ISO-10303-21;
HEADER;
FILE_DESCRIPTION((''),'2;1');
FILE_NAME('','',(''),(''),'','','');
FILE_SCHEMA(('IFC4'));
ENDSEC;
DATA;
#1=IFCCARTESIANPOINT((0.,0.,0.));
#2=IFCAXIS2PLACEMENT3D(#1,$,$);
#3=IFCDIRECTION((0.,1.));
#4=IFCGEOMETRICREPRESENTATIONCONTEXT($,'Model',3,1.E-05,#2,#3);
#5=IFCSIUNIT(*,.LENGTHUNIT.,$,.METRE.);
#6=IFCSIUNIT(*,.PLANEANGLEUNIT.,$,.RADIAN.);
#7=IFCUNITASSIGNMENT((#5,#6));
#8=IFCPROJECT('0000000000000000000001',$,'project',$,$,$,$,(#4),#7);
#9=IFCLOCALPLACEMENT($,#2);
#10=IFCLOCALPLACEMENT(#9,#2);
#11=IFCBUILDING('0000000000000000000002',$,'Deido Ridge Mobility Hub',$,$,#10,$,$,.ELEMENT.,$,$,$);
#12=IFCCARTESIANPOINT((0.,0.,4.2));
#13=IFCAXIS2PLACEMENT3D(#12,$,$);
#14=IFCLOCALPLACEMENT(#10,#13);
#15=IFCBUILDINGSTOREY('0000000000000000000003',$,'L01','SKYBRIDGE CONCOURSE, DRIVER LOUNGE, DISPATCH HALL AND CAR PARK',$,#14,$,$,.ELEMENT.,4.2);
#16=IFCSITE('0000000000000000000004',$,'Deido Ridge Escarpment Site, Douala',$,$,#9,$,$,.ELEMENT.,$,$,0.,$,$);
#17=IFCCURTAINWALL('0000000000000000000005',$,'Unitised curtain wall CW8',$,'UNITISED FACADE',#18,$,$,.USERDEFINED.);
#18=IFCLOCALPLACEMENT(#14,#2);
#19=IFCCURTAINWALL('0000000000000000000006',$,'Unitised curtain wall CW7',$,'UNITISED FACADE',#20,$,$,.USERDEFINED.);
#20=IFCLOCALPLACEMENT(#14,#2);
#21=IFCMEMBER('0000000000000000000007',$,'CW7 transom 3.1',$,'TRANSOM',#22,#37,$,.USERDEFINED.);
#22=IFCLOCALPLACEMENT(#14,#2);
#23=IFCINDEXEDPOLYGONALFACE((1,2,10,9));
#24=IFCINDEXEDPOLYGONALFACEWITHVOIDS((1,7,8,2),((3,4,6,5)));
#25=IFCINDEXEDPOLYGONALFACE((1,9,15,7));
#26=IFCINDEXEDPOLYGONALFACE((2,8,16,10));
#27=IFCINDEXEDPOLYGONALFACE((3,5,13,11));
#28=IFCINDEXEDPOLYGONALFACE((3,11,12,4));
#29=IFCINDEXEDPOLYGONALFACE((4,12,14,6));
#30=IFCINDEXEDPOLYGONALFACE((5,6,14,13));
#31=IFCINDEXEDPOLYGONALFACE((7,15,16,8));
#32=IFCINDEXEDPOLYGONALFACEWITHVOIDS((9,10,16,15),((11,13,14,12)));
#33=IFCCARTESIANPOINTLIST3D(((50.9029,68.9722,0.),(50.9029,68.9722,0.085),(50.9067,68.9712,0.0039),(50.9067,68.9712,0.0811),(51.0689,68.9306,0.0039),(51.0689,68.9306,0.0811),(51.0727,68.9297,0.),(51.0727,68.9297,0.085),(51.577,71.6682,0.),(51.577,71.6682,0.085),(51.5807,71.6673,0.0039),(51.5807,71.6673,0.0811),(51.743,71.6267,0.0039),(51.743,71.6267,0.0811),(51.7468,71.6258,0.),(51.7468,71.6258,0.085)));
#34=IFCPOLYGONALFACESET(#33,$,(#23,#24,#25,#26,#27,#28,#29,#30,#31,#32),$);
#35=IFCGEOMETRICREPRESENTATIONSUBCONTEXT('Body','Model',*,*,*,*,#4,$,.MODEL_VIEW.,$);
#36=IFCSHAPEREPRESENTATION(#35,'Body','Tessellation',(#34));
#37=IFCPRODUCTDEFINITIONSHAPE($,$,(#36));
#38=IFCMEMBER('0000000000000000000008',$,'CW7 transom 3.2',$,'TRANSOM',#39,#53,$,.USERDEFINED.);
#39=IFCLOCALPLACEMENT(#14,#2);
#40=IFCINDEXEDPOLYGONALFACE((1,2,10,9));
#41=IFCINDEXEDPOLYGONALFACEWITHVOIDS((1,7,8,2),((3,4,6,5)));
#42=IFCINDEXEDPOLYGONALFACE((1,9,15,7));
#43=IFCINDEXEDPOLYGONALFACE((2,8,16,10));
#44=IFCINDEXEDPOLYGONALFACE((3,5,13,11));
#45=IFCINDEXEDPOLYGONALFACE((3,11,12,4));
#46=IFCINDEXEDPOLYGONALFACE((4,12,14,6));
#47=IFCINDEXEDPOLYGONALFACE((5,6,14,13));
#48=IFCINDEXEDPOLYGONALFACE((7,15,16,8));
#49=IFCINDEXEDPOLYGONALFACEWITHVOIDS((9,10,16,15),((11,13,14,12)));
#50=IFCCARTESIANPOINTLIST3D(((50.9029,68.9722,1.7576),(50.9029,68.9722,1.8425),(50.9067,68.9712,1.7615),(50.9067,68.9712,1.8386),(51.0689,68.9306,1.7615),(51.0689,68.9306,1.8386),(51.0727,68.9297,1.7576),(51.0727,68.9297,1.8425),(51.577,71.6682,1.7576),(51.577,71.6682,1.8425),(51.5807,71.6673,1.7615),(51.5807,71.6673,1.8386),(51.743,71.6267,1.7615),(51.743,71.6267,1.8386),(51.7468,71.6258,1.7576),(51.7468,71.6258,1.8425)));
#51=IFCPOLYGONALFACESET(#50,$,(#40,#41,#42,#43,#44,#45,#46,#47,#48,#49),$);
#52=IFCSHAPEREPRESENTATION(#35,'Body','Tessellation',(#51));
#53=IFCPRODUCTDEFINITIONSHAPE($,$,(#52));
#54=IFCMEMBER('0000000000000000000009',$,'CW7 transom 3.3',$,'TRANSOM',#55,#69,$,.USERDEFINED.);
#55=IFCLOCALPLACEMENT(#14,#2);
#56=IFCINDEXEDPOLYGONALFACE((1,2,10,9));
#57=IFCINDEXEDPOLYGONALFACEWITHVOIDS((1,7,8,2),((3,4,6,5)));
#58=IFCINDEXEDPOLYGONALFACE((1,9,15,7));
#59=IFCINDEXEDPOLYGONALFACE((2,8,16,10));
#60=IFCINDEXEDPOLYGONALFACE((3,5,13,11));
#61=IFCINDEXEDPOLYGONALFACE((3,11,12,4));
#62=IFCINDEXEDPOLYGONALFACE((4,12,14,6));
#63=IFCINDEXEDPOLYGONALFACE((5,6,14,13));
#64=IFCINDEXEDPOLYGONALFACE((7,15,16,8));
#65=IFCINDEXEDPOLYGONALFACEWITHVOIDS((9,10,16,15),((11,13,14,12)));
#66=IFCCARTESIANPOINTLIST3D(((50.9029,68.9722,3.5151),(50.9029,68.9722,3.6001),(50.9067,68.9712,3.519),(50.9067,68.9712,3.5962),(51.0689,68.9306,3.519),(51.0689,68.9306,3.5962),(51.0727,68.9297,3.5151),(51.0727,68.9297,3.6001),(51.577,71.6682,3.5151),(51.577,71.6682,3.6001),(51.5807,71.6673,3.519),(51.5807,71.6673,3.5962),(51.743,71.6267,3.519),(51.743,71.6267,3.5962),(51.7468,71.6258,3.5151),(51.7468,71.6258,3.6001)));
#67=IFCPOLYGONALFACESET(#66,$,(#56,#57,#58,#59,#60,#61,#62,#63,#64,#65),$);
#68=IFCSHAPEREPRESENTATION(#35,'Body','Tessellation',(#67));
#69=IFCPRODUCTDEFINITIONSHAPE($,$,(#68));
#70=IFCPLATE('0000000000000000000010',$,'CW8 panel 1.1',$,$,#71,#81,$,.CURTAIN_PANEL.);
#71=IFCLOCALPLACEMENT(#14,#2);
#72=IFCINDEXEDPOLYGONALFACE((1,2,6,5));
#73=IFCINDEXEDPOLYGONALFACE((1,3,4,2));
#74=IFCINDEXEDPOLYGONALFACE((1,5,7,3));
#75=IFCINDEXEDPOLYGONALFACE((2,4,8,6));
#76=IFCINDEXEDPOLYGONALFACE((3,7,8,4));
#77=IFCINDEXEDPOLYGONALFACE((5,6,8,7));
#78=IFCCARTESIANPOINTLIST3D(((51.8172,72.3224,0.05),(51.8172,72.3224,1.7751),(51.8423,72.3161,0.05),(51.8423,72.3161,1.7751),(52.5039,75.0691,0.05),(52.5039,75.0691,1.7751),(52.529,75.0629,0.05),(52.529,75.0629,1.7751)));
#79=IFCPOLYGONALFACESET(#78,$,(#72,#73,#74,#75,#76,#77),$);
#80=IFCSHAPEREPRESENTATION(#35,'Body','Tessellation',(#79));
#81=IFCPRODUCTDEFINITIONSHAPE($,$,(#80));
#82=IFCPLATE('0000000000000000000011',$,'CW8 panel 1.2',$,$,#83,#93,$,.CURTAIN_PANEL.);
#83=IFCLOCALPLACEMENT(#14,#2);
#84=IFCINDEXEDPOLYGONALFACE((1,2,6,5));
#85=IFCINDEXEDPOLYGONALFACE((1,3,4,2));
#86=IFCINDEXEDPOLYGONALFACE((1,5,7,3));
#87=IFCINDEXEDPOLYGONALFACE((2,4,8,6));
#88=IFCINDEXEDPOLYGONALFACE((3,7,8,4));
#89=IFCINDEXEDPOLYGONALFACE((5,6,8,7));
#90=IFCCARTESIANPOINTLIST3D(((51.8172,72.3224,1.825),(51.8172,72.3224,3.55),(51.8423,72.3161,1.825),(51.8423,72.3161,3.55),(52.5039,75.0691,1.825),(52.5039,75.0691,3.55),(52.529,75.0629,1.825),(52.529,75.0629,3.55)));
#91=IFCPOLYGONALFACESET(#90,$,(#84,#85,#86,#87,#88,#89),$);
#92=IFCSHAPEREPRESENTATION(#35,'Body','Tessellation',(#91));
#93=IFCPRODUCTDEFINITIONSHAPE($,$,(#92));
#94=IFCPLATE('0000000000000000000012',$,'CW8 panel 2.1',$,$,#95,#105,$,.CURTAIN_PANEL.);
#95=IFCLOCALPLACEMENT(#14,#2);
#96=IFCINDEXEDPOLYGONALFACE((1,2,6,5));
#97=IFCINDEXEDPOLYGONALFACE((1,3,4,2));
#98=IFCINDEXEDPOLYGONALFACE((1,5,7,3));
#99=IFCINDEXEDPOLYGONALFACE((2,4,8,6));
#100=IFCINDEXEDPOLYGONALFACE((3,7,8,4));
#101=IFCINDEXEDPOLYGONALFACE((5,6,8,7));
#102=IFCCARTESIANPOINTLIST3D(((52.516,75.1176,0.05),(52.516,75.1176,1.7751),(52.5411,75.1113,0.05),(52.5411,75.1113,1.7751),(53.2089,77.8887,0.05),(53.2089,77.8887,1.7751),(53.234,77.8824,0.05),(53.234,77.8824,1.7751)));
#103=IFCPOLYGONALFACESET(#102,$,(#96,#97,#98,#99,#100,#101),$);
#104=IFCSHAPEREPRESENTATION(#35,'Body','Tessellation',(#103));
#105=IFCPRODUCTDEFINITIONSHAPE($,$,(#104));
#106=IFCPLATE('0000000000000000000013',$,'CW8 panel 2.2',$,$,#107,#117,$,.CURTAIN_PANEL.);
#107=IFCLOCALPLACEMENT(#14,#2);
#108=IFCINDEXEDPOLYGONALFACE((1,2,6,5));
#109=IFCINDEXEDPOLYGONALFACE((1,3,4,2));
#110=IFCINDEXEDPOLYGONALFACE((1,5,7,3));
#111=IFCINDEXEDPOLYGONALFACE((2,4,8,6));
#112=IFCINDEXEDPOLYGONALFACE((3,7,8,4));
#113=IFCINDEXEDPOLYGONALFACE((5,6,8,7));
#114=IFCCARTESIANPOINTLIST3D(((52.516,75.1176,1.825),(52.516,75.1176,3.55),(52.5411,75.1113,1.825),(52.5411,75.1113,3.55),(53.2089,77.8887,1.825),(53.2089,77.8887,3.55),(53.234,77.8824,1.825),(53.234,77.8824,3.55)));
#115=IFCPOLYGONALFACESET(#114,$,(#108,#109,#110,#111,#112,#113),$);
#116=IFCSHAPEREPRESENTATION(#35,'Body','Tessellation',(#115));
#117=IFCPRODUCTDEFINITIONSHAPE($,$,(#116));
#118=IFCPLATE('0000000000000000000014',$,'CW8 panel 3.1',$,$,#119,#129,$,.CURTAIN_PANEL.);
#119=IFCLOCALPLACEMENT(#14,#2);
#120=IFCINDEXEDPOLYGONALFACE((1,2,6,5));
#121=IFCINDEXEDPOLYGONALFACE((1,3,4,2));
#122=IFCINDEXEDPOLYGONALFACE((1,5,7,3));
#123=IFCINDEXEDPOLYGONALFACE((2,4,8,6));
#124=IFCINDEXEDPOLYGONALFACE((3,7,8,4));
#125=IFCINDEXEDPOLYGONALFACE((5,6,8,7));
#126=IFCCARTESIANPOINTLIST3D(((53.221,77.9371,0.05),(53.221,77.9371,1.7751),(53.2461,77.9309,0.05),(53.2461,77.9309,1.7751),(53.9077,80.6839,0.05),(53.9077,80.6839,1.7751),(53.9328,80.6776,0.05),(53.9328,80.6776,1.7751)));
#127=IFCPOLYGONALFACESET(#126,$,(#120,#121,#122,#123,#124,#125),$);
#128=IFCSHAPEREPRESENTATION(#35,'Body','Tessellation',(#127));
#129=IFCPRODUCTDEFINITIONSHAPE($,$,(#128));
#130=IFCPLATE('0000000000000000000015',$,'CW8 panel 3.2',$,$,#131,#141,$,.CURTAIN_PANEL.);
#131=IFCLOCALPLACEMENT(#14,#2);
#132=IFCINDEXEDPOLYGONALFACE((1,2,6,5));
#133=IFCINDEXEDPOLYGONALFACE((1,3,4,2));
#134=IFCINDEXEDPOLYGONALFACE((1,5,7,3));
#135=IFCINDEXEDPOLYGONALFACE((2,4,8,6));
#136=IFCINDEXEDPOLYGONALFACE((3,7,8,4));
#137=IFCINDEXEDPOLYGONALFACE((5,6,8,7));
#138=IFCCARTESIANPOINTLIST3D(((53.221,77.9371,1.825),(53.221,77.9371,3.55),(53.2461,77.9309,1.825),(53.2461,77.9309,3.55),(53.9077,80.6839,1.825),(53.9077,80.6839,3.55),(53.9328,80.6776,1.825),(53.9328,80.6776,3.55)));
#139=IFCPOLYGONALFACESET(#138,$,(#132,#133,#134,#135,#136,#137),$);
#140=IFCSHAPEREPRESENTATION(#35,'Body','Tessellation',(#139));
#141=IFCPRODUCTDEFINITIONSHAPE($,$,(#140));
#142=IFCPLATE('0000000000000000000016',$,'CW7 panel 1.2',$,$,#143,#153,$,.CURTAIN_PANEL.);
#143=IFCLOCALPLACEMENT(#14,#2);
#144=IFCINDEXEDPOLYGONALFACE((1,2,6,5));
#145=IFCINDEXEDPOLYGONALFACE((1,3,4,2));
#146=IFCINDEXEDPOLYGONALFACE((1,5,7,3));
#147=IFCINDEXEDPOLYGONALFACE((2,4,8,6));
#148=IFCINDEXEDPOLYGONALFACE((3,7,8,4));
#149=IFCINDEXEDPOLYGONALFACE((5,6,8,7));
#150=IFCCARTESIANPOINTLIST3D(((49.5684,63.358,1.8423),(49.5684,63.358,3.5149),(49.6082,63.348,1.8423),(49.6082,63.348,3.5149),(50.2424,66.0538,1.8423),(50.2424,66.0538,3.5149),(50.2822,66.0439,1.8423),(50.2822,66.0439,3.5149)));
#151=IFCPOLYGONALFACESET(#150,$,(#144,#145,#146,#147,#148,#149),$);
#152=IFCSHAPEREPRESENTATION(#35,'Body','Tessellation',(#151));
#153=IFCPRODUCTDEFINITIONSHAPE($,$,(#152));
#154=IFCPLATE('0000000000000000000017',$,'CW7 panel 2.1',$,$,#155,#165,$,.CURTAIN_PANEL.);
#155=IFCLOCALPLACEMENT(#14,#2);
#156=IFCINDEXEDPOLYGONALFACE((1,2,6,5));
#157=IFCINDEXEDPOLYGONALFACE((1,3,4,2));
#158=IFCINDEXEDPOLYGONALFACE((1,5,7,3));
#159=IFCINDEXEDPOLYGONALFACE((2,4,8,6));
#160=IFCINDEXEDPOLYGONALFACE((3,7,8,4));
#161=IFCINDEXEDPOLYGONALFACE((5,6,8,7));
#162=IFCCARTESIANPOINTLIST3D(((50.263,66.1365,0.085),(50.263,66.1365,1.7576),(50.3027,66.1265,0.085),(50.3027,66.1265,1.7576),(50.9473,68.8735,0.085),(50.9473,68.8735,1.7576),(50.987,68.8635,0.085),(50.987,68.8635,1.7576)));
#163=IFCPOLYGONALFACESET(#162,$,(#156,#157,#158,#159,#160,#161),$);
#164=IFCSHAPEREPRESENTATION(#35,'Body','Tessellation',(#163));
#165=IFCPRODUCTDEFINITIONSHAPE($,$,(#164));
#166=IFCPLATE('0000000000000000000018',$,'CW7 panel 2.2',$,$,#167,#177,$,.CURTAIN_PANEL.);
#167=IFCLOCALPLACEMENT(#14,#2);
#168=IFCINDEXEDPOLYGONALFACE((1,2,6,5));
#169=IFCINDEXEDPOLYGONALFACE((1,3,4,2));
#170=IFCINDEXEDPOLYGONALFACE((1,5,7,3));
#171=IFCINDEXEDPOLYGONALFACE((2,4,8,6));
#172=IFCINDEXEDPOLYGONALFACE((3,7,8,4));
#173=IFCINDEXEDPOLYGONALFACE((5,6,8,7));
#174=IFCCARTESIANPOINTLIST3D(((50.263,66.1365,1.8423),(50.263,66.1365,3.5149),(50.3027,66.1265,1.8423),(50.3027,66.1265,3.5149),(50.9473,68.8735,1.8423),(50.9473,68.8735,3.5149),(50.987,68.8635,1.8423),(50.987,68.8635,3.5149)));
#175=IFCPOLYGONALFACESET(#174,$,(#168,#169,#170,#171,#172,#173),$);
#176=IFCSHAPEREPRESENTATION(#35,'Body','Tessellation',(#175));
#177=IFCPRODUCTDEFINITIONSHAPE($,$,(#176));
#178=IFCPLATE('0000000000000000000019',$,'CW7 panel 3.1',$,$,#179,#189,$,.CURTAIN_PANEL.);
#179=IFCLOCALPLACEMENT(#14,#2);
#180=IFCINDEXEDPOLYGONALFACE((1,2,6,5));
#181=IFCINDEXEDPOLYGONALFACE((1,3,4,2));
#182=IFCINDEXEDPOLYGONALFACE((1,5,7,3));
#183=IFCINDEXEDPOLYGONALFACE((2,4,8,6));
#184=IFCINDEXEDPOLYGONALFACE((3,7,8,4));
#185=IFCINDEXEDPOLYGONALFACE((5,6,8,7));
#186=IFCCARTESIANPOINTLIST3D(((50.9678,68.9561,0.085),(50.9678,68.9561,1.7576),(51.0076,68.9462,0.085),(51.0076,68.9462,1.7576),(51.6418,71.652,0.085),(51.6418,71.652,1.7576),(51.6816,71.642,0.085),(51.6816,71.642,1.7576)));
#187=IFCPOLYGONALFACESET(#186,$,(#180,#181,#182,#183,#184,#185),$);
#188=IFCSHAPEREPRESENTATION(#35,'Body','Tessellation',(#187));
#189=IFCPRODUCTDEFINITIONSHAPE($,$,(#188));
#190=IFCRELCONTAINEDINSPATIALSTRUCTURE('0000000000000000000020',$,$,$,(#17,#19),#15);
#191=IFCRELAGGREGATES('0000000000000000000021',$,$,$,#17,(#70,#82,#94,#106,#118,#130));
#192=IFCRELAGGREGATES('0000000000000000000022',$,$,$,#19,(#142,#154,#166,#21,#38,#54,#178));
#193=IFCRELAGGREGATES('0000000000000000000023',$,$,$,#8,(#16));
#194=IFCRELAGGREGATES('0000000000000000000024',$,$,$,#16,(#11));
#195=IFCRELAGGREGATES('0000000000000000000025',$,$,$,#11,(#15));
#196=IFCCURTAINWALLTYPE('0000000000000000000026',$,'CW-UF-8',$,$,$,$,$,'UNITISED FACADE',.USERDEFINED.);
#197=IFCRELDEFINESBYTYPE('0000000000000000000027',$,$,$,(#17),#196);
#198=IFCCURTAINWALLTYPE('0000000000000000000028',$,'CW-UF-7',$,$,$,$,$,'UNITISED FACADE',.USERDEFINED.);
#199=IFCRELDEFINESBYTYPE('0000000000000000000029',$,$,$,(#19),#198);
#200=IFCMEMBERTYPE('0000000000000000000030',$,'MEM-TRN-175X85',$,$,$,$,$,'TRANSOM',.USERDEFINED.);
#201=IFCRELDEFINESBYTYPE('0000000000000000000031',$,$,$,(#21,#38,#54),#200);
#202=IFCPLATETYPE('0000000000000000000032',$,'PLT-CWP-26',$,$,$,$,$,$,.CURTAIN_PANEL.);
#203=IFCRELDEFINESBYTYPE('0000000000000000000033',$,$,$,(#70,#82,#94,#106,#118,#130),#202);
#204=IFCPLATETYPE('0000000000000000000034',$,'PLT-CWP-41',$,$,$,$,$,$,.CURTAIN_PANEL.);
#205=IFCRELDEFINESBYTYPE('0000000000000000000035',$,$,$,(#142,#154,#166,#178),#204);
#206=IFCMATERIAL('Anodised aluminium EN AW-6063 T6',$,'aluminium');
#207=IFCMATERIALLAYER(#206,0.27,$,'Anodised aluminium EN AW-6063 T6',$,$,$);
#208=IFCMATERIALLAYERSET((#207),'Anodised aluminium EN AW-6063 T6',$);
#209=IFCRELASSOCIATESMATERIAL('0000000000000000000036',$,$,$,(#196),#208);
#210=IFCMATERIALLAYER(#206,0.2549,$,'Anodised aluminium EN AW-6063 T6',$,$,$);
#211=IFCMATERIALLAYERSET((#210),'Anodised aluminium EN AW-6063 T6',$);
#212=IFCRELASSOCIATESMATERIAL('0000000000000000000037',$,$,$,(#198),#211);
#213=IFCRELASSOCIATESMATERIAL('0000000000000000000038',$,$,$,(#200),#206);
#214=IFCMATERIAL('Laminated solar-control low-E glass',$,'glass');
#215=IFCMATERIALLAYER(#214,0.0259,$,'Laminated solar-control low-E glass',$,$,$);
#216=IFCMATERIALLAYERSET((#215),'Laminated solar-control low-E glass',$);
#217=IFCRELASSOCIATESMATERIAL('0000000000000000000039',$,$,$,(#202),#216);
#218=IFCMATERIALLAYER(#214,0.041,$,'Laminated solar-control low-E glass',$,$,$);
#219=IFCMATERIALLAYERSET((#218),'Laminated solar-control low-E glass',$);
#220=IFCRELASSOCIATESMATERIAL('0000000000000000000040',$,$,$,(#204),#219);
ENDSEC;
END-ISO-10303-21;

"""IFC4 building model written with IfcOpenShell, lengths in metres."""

from ifc_helpers import new_model, si_unit, direction, frame, origin, origin_2d, place, context, subcontext, project, spatial, rectangle, hollow_rectangle, extrude, material, layer, layer_set, material_profile, profile_set, type_object, element, aggregate, save


model = new_model("IFC4")

# Units and contexts
model_context = context("Model", 3, precision=1e-05, world=origin(), true_north=direction((0.0, 1.0)))
body_context = subcontext(model_context, "Body", "Model", "MODEL_VIEW")
ifc_project = project(units=[si_unit("LENGTHUNIT", "METRE"), si_unit("PLANEANGLEUNIT", "RADIAN")], contexts=[model_context])

# Site, building, storey
site_placement = place(None, origin())
site = spatial("IfcSite", under=ifc_project, at=site_placement, Name="Deido Ridge Escarpment Site, Douala", CompositionType="ELEMENT", RefElevation=0.0)
building_placement = place(site_placement, origin())
building = spatial("IfcBuilding", under=site, at=building_placement, Name="Deido Ridge Mobility Hub", CompositionType="ELEMENT")
storey_placement = place(building_placement, frame((0.0, 0.0, 4.2)))
storey = spatial("IfcBuildingStorey", under=building, at=storey_placement, Name="L01", Description="SKYBRIDGE CONCOURSE, DRIVER LOUNGE, DISPATCH HALL AND CAR PARK", CompositionType="ELEMENT", Elevation=4.2)

# Curtain walls
ifc_material_1 = material(Name="Anodised aluminium EN AW-6063 T6", Category="aluminium")
ifc_layer_1 = layer(ifc_material_1, 0.27, Name="Anodised aluminium EN AW-6063 T6")
ifc_layer_set_1 = layer_set([ifc_layer_1], Name="Anodised aluminium EN AW-6063 T6")
curtain_wall_type_1 = type_object("IfcCurtainWallType", Name="CW-UF-8", ElementType="UNITISED FACADE", PredefinedType="USERDEFINED", material=ifc_layer_set_1)
curtain_wall_1_placement = place(storey_placement, origin())
curtain_wall_1 = element("IfcCurtainWall", 1, at=curtain_wall_1_placement, inside=storey, type_object=curtain_wall_type_1, Name="Unitised curtain wall CW8", ObjectType="UNITISED FACADE", PredefinedType="USERDEFINED")
ifc_layer_2 = layer(ifc_material_1, 0.2549, Name="Anodised aluminium EN AW-6063 T6")
ifc_layer_set_2 = layer_set([ifc_layer_2], Name="Anodised aluminium EN AW-6063 T6")
curtain_wall_type_2 = type_object("IfcCurtainWallType", Name="CW-UF-7", ElementType="UNITISED FACADE", PredefinedType="USERDEFINED", material=ifc_layer_set_2)
curtain_wall_2_placement = place(storey_placement, origin())
curtain_wall_2 = element("IfcCurtainWall", 2, at=curtain_wall_2_placement, inside=storey, type_object=curtain_wall_type_2, Name="Unitised curtain wall CW7", ObjectType="UNITISED FACADE", PredefinedType="USERDEFINED")

# Members
ifc_material_profile_1 = material_profile(ifc_material_1, hollow_rectangle(XDim=0.175, YDim=0.085, WallThickness=0.0039, at=origin_2d()), Name="RHS 175x85x4")
ifc_profile_set_1 = profile_set([ifc_material_profile_1], Name="Anodised aluminium EN AW-6063 T6")
member_type_1 = type_object("IfcMemberType", Name="MEM-TRN-175X85", ElementType="TRANSOM", PredefinedType="USERDEFINED", material=ifc_profile_set_1)
member_1_placement = place(storey_placement, frame((50.9878, 68.9509, 0.0425), z_axis=(0.242556, 0.970137, 0.0), x_axis=(-0.970137, 0.242556, 0.0)))
member_1 = element("IfcMember", 3, at=member_1_placement, type_object=member_type_1, Name="CW7 transom 3.1", ObjectType="TRANSOM", PredefinedType="USERDEFINED", context=body_context, shape_type="SweptSolid", body=[
    extrude(hollow_rectangle(XDim=0.175, YDim=0.085, WallThickness=0.0039, at=origin_2d()), origin(), (0.0, 0.0, 1.0), 2.7791),
])
member_2_placement = place(storey_placement, frame((50.9878, 68.9509, 1.8), z_axis=(0.242556, 0.970137, 0.0), x_axis=(-0.970137, 0.242556, 0.0)))
member_2 = element("IfcMember", 4, at=member_2_placement, type_object=member_type_1, Name="CW7 transom 3.2", ObjectType="TRANSOM", PredefinedType="USERDEFINED", context=body_context, shape_type="SweptSolid", body=[
    extrude(hollow_rectangle(XDim=0.175, YDim=0.085, WallThickness=0.0039, at=origin_2d()), origin(), (0.0, 0.0, 1.0), 2.7791),
])
member_3_placement = place(storey_placement, frame((50.9878, 68.9509, 3.5576), z_axis=(0.242556, 0.970137, 0.0), x_axis=(-0.970137, 0.242556, 0.0)))
member_3 = element("IfcMember", 5, at=member_3_placement, type_object=member_type_1, Name="CW7 transom 3.3", ObjectType="TRANSOM", PredefinedType="USERDEFINED", context=body_context, shape_type="SweptSolid", body=[
    extrude(hollow_rectangle(XDim=0.175, YDim=0.085, WallThickness=0.0039, at=origin_2d()), origin(), (0.0, 0.0, 1.0), 2.7791),
])

# Plates
ifc_material_2 = material(Name="Laminated solar-control low-E glass", Category="glass")
ifc_layer_3 = layer(ifc_material_2, 0.0259, Name="Laminated solar-control low-E glass")
ifc_layer_set_3 = layer_set([ifc_layer_3], Name="Laminated solar-control low-E glass")
plate_type_1 = type_object("IfcPlateType", Name="PLT-CWP-26", PredefinedType="CURTAIN_PANEL", material=ifc_layer_set_3)
plate_1_placement = place(storey_placement, frame((52.1731, 73.6926, 0.05), z_axis=(0.0, 0.0, 1.0), x_axis=(0.242546, 0.97014, 0.0)))
plate_1 = element("IfcPlate", 6, at=plate_1_placement, type_object=plate_type_1, Name="CW8 panel 1.1", PredefinedType="CURTAIN_PANEL", context=body_context, shape_type="SweptSolid", body=[
    extrude(rectangle(XDim=2.8313, YDim=0.0259, at=origin_2d()), origin(), (0.0, 0.0, 1.0), 1.7251),
])
plate_2_placement = place(storey_placement, frame((52.1731, 73.6926, 1.825), z_axis=(0.0, 0.0, 1.0), x_axis=(0.242546, 0.97014, 0.0)))
plate_2 = element("IfcPlate", 7, at=plate_2_placement, type_object=plate_type_1, Name="CW8 panel 1.2", PredefinedType="CURTAIN_PANEL", context=body_context, shape_type="SweptSolid", body=[
    extrude(rectangle(XDim=2.8313, YDim=0.0259, at=origin_2d()), origin(), (0.0, 0.0, 1.0), 1.7251),
])
plate_3_placement = place(storey_placement, frame((52.875, 76.5, 0.05), z_axis=(0.0, 0.0, 1.0), x_axis=(0.242546, 0.97014, 0.0)))
plate_3 = element("IfcPlate", 8, at=plate_3_placement, type_object=plate_type_1, Name="CW8 panel 2.1", PredefinedType="CURTAIN_PANEL", context=body_context, shape_type="SweptSolid", body=[
    extrude(rectangle(XDim=2.8564, YDim=0.0259, at=origin_2d()), origin(), (0.0, 0.0, 1.0), 1.7251),
])
plate_4_placement = place(storey_placement, frame((52.875, 76.5, 1.825), z_axis=(0.0, 0.0, 1.0), x_axis=(0.242546, 0.97014, 0.0)))
plate_4 = element("IfcPlate", 9, at=plate_4_placement, type_object=plate_type_1, Name="CW8 panel 2.2", PredefinedType="CURTAIN_PANEL", context=body_context, shape_type="SweptSolid", body=[
    extrude(rectangle(XDim=2.8564, YDim=0.0259, at=origin_2d()), origin(), (0.0, 0.0, 1.0), 1.7251),
])
plate_5_placement = place(storey_placement, frame((53.5769, 79.3074, 0.05), z_axis=(0.0, 0.0, 1.0), x_axis=(0.242546, 0.97014, 0.0)))
plate_5 = element("IfcPlate", 10, at=plate_5_placement, type_object=plate_type_1, Name="CW8 panel 3.1", PredefinedType="CURTAIN_PANEL", context=body_context, shape_type="SweptSolid", body=[
    extrude(rectangle(XDim=2.8313, YDim=0.0259, at=origin_2d()), origin(), (0.0, 0.0, 1.0), 1.7251),
])
plate_6_placement = place(storey_placement, frame((53.5769, 79.3074, 1.825), z_axis=(0.0, 0.0, 1.0), x_axis=(0.242546, 0.97014, 0.0)))
plate_6 = element("IfcPlate", 11, at=plate_6_placement, type_object=plate_type_1, Name="CW8 panel 3.2", PredefinedType="CURTAIN_PANEL", context=body_context, shape_type="SweptSolid", body=[
    extrude(rectangle(XDim=2.8313, YDim=0.0259, at=origin_2d()), origin(), (0.0, 0.0, 1.0), 1.7251),
])
aggregate(curtain_wall_1, [plate_1, plate_2, plate_3, plate_4, plate_5, plate_6])
ifc_layer_4 = layer(ifc_material_2, 0.041, Name="Laminated solar-control low-E glass")
ifc_layer_set_4 = layer_set([ifc_layer_4], Name="Laminated solar-control low-E glass")
plate_type_2 = type_object("IfcPlateType", Name="PLT-CWP-41", PredefinedType="CURTAIN_PANEL", material=ifc_layer_set_4)
plate_7_placement = place(storey_placement, frame((49.9253, 64.7009, 1.8423), z_axis=(0.0, 0.0, 1.0), x_axis=(0.242546, 0.97014, 0.0)))
plate_7 = element("IfcPlate", 12, at=plate_7_placement, type_object=plate_type_2, Name="CW7 panel 1.2", PredefinedType="CURTAIN_PANEL", context=body_context, shape_type="SweptSolid", body=[
    extrude(rectangle(XDim=2.7788, YDim=0.041, at=origin_2d()), origin(), (0.0, 0.0, 1.0), 1.6726),
])
plate_8_placement = place(storey_placement, frame((50.625, 67.5, 0.085), z_axis=(0.0, 0.0, 1.0), x_axis=(0.242546, 0.97014, 0.0)))
plate_8 = element("IfcPlate", 13, at=plate_8_placement, type_object=plate_type_2, Name="CW7 panel 2.1", PredefinedType="CURTAIN_PANEL", context=body_context, shape_type="SweptSolid", body=[
    extrude(rectangle(XDim=2.8213, YDim=0.041, at=origin_2d()), origin(), (0.0, 0.0, 1.0), 1.6726),
])
plate_9_placement = place(storey_placement, frame((50.625, 67.5, 1.8423), z_axis=(0.0, 0.0, 1.0), x_axis=(0.242546, 0.97014, 0.0)))
plate_9 = element("IfcPlate", 14, at=plate_9_placement, type_object=plate_type_2, Name="CW7 panel 2.2", PredefinedType="CURTAIN_PANEL", context=body_context, shape_type="SweptSolid", body=[
    extrude(rectangle(XDim=2.8213, YDim=0.041, at=origin_2d()), origin(), (0.0, 0.0, 1.0), 1.6726),
])
plate_10_placement = place(storey_placement, frame((51.3247, 70.2991, 0.085), z_axis=(0.0, 0.0, 1.0), x_axis=(0.242546, 0.97014, 0.0)))
plate_10 = element("IfcPlate", 15, at=plate_10_placement, type_object=plate_type_2, Name="CW7 panel 3.1", PredefinedType="CURTAIN_PANEL", context=body_context, shape_type="SweptSolid", body=[
    extrude(rectangle(XDim=2.7788, YDim=0.041, at=origin_2d()), origin(), (0.0, 0.0, 1.0), 1.6726),
])
aggregate(curtain_wall_2, [plate_7, plate_8, plate_9, member_1, member_2, member_3, plate_10])

save(model, "model.ifc")
